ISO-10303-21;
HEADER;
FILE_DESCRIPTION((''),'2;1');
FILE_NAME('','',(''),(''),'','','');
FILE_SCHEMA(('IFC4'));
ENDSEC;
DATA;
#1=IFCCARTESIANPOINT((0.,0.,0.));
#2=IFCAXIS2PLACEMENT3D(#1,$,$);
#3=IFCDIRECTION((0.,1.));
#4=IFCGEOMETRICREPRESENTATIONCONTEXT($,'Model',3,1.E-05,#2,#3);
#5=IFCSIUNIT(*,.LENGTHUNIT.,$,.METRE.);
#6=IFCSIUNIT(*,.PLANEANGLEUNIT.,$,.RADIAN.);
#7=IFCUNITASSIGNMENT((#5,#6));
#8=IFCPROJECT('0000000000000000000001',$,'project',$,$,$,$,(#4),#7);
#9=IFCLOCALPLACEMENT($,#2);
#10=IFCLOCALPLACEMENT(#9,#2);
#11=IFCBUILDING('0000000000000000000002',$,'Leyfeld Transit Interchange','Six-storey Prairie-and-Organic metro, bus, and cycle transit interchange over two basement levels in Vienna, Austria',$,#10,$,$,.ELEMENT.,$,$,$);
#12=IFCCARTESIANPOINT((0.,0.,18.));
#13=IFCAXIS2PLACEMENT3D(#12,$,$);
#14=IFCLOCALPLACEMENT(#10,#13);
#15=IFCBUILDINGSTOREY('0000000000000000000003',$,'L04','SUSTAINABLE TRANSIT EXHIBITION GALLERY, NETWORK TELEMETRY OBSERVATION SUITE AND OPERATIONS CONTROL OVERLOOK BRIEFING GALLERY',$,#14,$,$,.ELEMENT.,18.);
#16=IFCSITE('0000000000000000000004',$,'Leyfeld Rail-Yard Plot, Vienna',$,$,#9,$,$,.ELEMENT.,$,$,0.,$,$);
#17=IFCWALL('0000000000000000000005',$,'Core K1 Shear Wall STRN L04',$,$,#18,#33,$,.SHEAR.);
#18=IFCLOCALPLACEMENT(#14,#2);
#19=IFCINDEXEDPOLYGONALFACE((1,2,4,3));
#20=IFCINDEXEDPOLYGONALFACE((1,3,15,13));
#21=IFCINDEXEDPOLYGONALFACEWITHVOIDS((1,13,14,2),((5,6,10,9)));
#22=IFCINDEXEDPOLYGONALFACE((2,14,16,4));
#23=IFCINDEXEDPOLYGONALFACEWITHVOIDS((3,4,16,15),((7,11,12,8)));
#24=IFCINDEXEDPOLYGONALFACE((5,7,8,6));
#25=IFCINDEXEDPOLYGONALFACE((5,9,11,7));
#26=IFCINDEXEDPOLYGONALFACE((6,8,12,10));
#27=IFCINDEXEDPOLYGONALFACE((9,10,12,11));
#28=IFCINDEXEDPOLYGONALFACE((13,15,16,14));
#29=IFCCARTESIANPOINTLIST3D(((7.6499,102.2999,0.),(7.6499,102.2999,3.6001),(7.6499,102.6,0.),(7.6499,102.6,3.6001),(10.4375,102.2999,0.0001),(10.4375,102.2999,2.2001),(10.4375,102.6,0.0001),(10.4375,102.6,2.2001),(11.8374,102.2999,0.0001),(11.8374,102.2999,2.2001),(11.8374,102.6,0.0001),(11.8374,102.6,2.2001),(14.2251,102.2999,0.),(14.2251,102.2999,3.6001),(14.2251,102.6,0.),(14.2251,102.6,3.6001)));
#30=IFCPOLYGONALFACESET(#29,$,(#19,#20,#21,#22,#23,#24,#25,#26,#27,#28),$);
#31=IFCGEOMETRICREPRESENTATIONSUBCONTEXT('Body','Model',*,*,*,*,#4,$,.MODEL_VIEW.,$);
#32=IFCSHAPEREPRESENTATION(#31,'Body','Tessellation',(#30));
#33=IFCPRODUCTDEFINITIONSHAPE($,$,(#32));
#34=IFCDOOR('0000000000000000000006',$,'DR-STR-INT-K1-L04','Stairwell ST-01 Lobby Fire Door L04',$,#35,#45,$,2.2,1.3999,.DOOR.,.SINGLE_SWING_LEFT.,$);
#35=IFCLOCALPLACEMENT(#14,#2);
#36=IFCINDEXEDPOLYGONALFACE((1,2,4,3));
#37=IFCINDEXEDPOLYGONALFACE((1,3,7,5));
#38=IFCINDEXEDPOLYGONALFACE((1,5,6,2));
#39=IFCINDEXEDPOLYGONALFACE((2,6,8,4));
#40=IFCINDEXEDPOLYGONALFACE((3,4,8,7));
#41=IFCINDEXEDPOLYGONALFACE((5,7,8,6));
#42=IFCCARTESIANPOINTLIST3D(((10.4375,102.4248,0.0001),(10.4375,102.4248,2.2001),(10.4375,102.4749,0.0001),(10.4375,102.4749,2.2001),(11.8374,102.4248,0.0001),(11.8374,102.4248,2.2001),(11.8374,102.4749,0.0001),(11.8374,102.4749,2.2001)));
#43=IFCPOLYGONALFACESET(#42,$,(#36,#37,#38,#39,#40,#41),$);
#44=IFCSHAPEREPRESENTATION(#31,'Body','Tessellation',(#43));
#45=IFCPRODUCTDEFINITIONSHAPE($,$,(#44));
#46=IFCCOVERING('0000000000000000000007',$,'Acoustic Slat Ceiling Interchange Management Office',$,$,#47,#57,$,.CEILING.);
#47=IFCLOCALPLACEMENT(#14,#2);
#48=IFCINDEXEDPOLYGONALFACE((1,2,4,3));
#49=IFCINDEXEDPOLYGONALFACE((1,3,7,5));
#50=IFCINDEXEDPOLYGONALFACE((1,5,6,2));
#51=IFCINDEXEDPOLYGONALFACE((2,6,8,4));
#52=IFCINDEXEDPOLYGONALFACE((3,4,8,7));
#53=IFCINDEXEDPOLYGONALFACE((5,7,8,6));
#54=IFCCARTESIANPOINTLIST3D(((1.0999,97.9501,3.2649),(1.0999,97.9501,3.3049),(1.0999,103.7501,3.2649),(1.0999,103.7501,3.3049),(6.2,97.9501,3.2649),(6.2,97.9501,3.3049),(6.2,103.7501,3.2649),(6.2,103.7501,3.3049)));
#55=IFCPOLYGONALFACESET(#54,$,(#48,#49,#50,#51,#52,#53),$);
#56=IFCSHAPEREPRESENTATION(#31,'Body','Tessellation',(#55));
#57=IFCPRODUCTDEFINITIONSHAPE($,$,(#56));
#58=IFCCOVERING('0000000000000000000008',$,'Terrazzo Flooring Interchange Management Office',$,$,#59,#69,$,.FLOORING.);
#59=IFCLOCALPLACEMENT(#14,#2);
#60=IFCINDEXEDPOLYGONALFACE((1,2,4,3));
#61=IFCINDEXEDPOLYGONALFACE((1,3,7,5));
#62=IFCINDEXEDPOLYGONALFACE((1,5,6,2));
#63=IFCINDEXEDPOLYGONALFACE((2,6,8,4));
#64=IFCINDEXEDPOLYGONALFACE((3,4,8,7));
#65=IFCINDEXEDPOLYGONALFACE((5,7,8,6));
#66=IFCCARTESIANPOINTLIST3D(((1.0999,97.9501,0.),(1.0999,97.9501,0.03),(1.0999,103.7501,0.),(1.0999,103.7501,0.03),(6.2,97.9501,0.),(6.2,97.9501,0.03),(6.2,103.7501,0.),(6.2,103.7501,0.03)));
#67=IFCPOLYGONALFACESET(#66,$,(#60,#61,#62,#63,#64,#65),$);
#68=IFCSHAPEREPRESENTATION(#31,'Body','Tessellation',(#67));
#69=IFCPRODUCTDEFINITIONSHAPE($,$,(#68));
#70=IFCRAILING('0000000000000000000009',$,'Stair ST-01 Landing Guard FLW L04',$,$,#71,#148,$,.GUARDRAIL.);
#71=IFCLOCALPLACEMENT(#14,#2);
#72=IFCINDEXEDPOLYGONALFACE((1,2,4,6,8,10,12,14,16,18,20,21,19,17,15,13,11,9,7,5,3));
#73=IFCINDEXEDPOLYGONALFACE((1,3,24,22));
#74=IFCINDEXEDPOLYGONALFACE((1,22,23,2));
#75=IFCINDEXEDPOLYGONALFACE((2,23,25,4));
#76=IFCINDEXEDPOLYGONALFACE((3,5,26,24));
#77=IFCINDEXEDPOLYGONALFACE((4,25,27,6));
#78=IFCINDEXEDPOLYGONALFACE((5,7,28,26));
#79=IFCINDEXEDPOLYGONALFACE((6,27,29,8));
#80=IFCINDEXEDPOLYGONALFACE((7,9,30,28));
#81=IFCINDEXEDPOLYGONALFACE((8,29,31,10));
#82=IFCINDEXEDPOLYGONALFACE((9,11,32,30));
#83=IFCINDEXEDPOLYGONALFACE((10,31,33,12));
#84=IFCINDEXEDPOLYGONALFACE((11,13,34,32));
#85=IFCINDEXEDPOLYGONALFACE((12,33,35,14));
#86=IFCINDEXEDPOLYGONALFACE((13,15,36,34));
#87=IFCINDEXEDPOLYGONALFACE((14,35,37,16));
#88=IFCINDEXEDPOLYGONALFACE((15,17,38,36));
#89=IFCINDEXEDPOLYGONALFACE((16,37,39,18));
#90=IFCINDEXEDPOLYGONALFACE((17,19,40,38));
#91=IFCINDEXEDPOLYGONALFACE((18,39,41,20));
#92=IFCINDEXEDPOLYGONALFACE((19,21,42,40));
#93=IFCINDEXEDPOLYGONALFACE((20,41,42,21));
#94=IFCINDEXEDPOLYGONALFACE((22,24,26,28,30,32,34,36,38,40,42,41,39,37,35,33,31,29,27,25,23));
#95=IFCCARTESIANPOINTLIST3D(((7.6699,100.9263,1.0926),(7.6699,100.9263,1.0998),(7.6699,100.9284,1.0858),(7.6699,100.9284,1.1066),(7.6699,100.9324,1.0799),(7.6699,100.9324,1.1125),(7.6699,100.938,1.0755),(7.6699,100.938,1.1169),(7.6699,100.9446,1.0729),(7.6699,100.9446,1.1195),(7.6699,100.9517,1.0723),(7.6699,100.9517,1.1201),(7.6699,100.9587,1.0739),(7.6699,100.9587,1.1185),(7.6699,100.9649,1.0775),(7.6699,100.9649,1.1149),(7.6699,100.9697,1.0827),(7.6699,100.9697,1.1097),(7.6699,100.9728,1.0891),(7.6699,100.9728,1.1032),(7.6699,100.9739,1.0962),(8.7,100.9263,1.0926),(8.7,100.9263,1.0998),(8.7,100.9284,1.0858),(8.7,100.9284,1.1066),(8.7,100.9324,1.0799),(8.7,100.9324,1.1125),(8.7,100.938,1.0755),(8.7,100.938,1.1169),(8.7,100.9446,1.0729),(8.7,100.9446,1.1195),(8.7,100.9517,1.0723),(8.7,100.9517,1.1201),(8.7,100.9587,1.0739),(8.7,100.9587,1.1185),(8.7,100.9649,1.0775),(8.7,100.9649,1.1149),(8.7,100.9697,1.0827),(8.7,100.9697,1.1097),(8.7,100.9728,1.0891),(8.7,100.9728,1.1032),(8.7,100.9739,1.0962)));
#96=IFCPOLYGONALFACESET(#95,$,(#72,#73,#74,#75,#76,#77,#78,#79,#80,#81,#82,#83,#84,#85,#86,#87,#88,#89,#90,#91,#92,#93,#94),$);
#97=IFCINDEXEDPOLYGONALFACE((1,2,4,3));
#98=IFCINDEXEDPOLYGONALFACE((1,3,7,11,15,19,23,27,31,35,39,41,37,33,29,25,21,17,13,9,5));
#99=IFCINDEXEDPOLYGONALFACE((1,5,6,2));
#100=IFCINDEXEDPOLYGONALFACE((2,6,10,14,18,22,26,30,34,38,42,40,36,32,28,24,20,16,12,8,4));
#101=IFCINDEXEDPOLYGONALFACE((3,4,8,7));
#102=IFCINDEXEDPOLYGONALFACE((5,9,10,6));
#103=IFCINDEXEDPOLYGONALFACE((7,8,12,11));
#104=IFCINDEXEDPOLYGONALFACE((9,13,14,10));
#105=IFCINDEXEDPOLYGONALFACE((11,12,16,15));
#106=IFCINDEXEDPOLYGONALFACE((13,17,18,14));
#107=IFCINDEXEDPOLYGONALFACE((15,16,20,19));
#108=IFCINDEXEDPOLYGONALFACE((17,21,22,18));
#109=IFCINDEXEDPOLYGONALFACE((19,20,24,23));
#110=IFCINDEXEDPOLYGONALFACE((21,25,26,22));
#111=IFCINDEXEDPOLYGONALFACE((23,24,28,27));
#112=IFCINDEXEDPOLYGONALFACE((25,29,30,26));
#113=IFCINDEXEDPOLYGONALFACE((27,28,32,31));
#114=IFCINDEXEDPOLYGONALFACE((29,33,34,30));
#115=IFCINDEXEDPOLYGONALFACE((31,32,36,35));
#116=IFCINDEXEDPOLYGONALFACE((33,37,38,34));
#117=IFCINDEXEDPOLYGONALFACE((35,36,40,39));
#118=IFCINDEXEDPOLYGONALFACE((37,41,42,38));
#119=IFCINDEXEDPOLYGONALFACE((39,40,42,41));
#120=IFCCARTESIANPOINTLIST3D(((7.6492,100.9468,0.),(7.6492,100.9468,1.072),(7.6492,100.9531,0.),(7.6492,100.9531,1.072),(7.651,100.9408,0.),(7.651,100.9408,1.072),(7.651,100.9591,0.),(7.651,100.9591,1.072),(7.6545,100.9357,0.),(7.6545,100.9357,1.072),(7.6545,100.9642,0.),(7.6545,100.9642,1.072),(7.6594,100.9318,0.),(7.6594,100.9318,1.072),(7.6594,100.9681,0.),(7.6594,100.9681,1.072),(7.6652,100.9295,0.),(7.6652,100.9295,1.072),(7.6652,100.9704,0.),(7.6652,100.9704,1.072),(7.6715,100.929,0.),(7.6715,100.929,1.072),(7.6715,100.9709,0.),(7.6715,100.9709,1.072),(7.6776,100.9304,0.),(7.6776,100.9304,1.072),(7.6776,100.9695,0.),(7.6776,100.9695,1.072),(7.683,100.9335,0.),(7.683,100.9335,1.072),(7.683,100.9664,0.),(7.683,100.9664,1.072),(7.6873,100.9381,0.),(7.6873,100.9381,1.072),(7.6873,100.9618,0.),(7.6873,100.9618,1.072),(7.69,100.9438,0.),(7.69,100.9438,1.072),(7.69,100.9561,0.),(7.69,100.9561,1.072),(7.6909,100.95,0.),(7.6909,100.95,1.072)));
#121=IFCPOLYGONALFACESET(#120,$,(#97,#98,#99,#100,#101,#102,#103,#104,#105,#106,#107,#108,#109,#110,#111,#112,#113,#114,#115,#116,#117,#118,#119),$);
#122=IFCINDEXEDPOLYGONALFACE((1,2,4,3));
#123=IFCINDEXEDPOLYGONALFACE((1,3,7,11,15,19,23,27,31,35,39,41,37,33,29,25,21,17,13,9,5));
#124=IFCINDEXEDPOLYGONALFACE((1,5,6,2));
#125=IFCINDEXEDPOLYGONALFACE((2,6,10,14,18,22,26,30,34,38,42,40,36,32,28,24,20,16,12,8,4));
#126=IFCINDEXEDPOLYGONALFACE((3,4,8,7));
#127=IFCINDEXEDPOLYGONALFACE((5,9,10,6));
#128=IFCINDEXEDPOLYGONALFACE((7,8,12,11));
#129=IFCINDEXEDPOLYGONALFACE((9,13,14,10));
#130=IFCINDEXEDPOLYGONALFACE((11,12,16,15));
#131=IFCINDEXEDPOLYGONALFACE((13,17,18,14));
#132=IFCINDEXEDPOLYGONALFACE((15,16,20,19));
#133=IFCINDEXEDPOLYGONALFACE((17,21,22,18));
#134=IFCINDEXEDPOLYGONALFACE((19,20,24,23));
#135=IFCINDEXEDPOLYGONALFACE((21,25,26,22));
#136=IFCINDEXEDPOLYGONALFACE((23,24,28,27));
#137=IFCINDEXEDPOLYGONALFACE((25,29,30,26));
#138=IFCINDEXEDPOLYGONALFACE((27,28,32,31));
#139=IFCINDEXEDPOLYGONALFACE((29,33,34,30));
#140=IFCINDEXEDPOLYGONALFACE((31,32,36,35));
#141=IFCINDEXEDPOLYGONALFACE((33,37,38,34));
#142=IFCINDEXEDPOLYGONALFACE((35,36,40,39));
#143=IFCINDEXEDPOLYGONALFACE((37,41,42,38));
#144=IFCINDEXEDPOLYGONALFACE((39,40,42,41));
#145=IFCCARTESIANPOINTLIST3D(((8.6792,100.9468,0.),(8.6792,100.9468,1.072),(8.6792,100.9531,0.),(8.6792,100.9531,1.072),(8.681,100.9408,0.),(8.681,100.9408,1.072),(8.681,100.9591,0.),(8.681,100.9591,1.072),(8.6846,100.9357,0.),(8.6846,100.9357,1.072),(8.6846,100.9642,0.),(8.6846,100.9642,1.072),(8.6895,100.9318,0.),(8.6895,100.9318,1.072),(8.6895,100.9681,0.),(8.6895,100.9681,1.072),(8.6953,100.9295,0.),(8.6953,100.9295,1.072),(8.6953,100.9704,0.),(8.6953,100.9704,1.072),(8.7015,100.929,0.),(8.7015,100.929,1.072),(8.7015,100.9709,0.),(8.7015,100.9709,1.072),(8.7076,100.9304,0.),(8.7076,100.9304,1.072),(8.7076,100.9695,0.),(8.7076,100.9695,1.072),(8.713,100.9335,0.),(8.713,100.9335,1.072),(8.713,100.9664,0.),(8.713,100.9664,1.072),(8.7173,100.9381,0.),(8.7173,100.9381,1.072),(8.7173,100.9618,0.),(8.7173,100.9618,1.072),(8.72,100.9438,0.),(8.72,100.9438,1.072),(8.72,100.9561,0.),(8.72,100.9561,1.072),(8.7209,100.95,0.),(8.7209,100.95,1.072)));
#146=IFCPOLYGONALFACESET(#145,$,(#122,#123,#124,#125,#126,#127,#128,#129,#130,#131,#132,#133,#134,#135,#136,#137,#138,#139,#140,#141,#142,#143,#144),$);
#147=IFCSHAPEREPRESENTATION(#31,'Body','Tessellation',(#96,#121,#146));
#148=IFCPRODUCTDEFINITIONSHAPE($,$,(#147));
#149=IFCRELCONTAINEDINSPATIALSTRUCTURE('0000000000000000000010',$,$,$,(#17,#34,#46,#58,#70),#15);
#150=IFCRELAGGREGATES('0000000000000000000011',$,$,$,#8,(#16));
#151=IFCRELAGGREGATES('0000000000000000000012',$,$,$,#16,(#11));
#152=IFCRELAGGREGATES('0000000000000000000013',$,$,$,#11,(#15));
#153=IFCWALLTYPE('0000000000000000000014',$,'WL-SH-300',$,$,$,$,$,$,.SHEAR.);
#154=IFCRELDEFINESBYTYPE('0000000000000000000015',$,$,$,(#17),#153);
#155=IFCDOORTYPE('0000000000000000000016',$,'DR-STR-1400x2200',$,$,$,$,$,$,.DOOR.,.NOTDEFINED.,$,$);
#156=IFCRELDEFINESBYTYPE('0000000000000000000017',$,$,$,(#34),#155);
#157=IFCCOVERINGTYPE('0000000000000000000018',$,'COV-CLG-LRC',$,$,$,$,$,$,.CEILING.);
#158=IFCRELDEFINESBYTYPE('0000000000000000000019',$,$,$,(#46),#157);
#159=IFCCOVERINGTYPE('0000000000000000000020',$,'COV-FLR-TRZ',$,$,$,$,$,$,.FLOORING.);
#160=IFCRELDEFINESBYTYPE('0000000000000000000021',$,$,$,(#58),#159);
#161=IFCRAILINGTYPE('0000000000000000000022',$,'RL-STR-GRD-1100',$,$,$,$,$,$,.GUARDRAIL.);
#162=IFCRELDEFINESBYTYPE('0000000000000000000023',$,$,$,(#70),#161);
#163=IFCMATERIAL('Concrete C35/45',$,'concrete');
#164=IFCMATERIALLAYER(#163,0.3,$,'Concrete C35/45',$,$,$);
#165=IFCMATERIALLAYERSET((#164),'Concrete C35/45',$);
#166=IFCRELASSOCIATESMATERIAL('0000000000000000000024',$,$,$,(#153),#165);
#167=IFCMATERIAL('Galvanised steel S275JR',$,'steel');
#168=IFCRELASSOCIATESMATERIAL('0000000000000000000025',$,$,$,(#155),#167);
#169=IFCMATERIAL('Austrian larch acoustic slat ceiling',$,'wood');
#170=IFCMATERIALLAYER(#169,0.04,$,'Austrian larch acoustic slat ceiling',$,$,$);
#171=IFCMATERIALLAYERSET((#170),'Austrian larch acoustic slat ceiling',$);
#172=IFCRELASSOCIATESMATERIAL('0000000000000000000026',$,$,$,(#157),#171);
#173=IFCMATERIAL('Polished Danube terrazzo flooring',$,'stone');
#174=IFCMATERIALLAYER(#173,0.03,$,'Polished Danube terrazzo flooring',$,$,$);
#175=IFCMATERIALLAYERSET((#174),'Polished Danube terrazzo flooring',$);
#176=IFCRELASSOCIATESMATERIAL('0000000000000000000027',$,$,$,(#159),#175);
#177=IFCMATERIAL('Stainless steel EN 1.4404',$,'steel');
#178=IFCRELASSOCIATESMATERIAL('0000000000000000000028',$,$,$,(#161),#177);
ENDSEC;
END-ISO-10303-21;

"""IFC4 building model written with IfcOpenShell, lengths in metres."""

from ifc_helpers import new_model, si_unit, direction, frame, frame_2d, origin, origin_2d, place, context, subcontext, project, spatial, rectangle, circle, extrude, material, layer, layer_set, type_object, element, fill, save


model = new_model("IFC4")

# Units and contexts
model_context = context("Model", 3, precision=1e-05, world=origin(), true_north=direction((0.0, 1.0)))
body_context = subcontext(model_context, "Body", "Model", "MODEL_VIEW")
ifc_project = project(units=[si_unit("LENGTHUNIT", "METRE"), si_unit("PLANEANGLEUNIT", "RADIAN")], contexts=[model_context])

# Site, building, storey
site_placement = place(None, origin())
site = spatial("IfcSite", under=ifc_project, at=site_placement, Name="Leyfeld Rail-Yard Plot, Vienna", CompositionType="ELEMENT", RefElevation=0.0)
building_placement = place(site_placement, origin())
building = spatial("IfcBuilding", under=site, at=building_placement, Name="Leyfeld Transit Interchange", Description="Six-storey Prairie-and-Organic metro, bus, and cycle transit interchange over two basement levels in Vienna, Austria", CompositionType="ELEMENT")
storey_placement = place(building_placement, frame((0.0, 0.0, 18.0)))
storey = spatial("IfcBuildingStorey", under=building, at=storey_placement, Name="L04", Description="SUSTAINABLE TRANSIT EXHIBITION GALLERY, NETWORK TELEMETRY OBSERVATION SUITE AND OPERATIONS CONTROL OVERLOOK BRIEFING GALLERY", CompositionType="ELEMENT", Elevation=18.0)

# Shared definitions
ifc_material_1 = material(Name="Concrete C35/45", Category="concrete")

# Wall, opening, door
ifc_layer_1 = layer(ifc_material_1, 0.3, Name="Concrete C35/45")
ifc_layer_set_1 = layer_set([ifc_layer_1], Name="Concrete C35/45")
wall_type = type_object("IfcWallType", Name="WL-SH-300", PredefinedType="SHEAR", material=ifc_layer_set_1)
wall_placement = place(storey_placement, frame((7.6499, 102.45, 0.0), z_axis=(0.0, 0.0, 1.0), x_axis=(1.0, 0.0, 0.0)))
wall = element("IfcWall", 1, at=wall_placement, inside=storey, type_object=wall_type, Name="Core K1 Shear Wall STRN L04", PredefinedType="SHEAR", context=body_context, shape_type="SweptSolid", body=[
    extrude(rectangle(XDim=6.5752, YDim=0.3, at=frame_2d((3.2876, 0.0))), origin(), (0.0, 0.0, 1.0), 3.6001),
])
opening_placement = place(wall_placement, frame((2.7876, 0.0, 0.0)))
opening = element("IfcOpeningElement", 2, at=opening_placement, cuts=wall, PredefinedType="OPENING", context=body_context, shape_type="SweptSolid", body=[
    extrude(rectangle(XDim=1.3999, YDim=2.2, at=frame_2d((0.7, 1.1001))), frame((0.0, 0.1599, 0.0), z_axis=(0.0, -1.0, 0.0), x_axis=(1.0, 0.0, 0.0)), (0.0, 0.0, 1.0), 0.3201),
])
ifc_material_2 = material(Name="Galvanised steel S275JR", Category="steel")
door_type = type_object("IfcDoorType", Name="DR-STR-1400x2200", OperationType="NOTDEFINED", PredefinedType="DOOR", material=ifc_material_2)
door_placement = place(opening_placement, origin())
door = element("IfcDoor", 3, at=door_placement, inside=storey, type_object=door_type, Name="DR-STR-INT-K1-L04", Description="Stairwell ST-01 Lobby Fire Door L04", OperationType="SINGLE_SWING_LEFT", OverallHeight=2.2, OverallWidth=1.3999, PredefinedType="DOOR", context=body_context, shape_type="SweptSolid", body=[
    extrude(rectangle(XDim=1.3999, YDim=2.2, at=frame_2d((0.7, 1.1001))), frame((0.0, 0.0249, 0.0), z_axis=(0.0, -1.0, 0.0), x_axis=(1.0, 0.0, 0.0)), (0.0, 0.0, 1.0), 0.05),
])
fill(opening, door)

# Coverings
ifc_material_3 = material(Name="Austrian larch acoustic slat ceiling", Category="wood")
ifc_layer_2 = layer(ifc_material_3, 0.04, Name="Austrian larch acoustic slat ceiling")
ifc_layer_set_2 = layer_set([ifc_layer_2], Name="Austrian larch acoustic slat ceiling")
covering_type_1 = type_object("IfcCoveringType", Name="COV-CLG-LRC", PredefinedType="CEILING", material=ifc_layer_set_2)
covering_1_placement = place(storey_placement, frame((3.6499, 100.8501, 3.2649), z_axis=(0.0, 0.0, 1.0), x_axis=(1.0, 0.0, 0.0)))
element("IfcCovering", 4, at=covering_1_placement, inside=storey, type_object=covering_type_1, Name="Acoustic Slat Ceiling Interchange Management Office", PredefinedType="CEILING", context=body_context, shape_type="SweptSolid", body=[
    extrude(rectangle(XDim=5.1001, YDim=5.8, at=origin_2d()), origin(), (0.0, 0.0, 1.0), 0.04),
])
ifc_material_4 = material(Name="Polished Danube terrazzo flooring", Category="stone")
ifc_layer_3 = layer(ifc_material_4, 0.03, Name="Polished Danube terrazzo flooring")
ifc_layer_set_3 = layer_set([ifc_layer_3], Name="Polished Danube terrazzo flooring")
covering_type_2 = type_object("IfcCoveringType", Name="COV-FLR-TRZ", PredefinedType="FLOORING", material=ifc_layer_set_3)
covering_2_placement = place(storey_placement, frame((3.6499, 100.8501, 0.0), z_axis=(0.0, 0.0, 1.0), x_axis=(1.0, 0.0, 0.0)))
element("IfcCovering", 5, at=covering_2_placement, inside=storey, type_object=covering_type_2, Name="Terrazzo Flooring Interchange Management Office", PredefinedType="FLOORING", context=body_context, shape_type="SweptSolid", body=[
    extrude(rectangle(XDim=5.1001, YDim=5.8, at=origin_2d()), origin(), (0.0, 0.0, 1.0), 0.03),
])

# Railing
ifc_material_5 = material(Name="Stainless steel EN 1.4404", Category="steel")
railing_type_1 = type_object("IfcRailingType", Name="RL-STR-GRD-1100", PredefinedType="GUARDRAIL", material=ifc_material_5)
railing_1_placement = place(storey_placement, frame((7.6699, 100.95, 0.0)))
element("IfcRailing", 6, at=railing_1_placement, inside=storey, type_object=railing_type_1, Name="Stair ST-01 Landing Guard FLW L04", PredefinedType="GUARDRAIL", context=body_context, shape_type="SweptSolid", body=[
    extrude(circle(Radius=0.0239, at=origin_2d()), frame((0.0, 0.0, 1.0962), z_axis=(1.0, 0.0, 0.0), x_axis=(0.0, 1.0, 0.0)), (0.0, 0.0, 1.0), 1.03),
    extrude(circle(Radius=0.021, at=origin_2d()), origin(), (0.0, 0.0, 1.0), 1.072),
    extrude(circle(Radius=0.021, at=origin_2d()), frame((1.03, 0.0, 0.0)), (0.0, 0.0, 1.0), 1.072),
])

save(model, "model.ifc")
